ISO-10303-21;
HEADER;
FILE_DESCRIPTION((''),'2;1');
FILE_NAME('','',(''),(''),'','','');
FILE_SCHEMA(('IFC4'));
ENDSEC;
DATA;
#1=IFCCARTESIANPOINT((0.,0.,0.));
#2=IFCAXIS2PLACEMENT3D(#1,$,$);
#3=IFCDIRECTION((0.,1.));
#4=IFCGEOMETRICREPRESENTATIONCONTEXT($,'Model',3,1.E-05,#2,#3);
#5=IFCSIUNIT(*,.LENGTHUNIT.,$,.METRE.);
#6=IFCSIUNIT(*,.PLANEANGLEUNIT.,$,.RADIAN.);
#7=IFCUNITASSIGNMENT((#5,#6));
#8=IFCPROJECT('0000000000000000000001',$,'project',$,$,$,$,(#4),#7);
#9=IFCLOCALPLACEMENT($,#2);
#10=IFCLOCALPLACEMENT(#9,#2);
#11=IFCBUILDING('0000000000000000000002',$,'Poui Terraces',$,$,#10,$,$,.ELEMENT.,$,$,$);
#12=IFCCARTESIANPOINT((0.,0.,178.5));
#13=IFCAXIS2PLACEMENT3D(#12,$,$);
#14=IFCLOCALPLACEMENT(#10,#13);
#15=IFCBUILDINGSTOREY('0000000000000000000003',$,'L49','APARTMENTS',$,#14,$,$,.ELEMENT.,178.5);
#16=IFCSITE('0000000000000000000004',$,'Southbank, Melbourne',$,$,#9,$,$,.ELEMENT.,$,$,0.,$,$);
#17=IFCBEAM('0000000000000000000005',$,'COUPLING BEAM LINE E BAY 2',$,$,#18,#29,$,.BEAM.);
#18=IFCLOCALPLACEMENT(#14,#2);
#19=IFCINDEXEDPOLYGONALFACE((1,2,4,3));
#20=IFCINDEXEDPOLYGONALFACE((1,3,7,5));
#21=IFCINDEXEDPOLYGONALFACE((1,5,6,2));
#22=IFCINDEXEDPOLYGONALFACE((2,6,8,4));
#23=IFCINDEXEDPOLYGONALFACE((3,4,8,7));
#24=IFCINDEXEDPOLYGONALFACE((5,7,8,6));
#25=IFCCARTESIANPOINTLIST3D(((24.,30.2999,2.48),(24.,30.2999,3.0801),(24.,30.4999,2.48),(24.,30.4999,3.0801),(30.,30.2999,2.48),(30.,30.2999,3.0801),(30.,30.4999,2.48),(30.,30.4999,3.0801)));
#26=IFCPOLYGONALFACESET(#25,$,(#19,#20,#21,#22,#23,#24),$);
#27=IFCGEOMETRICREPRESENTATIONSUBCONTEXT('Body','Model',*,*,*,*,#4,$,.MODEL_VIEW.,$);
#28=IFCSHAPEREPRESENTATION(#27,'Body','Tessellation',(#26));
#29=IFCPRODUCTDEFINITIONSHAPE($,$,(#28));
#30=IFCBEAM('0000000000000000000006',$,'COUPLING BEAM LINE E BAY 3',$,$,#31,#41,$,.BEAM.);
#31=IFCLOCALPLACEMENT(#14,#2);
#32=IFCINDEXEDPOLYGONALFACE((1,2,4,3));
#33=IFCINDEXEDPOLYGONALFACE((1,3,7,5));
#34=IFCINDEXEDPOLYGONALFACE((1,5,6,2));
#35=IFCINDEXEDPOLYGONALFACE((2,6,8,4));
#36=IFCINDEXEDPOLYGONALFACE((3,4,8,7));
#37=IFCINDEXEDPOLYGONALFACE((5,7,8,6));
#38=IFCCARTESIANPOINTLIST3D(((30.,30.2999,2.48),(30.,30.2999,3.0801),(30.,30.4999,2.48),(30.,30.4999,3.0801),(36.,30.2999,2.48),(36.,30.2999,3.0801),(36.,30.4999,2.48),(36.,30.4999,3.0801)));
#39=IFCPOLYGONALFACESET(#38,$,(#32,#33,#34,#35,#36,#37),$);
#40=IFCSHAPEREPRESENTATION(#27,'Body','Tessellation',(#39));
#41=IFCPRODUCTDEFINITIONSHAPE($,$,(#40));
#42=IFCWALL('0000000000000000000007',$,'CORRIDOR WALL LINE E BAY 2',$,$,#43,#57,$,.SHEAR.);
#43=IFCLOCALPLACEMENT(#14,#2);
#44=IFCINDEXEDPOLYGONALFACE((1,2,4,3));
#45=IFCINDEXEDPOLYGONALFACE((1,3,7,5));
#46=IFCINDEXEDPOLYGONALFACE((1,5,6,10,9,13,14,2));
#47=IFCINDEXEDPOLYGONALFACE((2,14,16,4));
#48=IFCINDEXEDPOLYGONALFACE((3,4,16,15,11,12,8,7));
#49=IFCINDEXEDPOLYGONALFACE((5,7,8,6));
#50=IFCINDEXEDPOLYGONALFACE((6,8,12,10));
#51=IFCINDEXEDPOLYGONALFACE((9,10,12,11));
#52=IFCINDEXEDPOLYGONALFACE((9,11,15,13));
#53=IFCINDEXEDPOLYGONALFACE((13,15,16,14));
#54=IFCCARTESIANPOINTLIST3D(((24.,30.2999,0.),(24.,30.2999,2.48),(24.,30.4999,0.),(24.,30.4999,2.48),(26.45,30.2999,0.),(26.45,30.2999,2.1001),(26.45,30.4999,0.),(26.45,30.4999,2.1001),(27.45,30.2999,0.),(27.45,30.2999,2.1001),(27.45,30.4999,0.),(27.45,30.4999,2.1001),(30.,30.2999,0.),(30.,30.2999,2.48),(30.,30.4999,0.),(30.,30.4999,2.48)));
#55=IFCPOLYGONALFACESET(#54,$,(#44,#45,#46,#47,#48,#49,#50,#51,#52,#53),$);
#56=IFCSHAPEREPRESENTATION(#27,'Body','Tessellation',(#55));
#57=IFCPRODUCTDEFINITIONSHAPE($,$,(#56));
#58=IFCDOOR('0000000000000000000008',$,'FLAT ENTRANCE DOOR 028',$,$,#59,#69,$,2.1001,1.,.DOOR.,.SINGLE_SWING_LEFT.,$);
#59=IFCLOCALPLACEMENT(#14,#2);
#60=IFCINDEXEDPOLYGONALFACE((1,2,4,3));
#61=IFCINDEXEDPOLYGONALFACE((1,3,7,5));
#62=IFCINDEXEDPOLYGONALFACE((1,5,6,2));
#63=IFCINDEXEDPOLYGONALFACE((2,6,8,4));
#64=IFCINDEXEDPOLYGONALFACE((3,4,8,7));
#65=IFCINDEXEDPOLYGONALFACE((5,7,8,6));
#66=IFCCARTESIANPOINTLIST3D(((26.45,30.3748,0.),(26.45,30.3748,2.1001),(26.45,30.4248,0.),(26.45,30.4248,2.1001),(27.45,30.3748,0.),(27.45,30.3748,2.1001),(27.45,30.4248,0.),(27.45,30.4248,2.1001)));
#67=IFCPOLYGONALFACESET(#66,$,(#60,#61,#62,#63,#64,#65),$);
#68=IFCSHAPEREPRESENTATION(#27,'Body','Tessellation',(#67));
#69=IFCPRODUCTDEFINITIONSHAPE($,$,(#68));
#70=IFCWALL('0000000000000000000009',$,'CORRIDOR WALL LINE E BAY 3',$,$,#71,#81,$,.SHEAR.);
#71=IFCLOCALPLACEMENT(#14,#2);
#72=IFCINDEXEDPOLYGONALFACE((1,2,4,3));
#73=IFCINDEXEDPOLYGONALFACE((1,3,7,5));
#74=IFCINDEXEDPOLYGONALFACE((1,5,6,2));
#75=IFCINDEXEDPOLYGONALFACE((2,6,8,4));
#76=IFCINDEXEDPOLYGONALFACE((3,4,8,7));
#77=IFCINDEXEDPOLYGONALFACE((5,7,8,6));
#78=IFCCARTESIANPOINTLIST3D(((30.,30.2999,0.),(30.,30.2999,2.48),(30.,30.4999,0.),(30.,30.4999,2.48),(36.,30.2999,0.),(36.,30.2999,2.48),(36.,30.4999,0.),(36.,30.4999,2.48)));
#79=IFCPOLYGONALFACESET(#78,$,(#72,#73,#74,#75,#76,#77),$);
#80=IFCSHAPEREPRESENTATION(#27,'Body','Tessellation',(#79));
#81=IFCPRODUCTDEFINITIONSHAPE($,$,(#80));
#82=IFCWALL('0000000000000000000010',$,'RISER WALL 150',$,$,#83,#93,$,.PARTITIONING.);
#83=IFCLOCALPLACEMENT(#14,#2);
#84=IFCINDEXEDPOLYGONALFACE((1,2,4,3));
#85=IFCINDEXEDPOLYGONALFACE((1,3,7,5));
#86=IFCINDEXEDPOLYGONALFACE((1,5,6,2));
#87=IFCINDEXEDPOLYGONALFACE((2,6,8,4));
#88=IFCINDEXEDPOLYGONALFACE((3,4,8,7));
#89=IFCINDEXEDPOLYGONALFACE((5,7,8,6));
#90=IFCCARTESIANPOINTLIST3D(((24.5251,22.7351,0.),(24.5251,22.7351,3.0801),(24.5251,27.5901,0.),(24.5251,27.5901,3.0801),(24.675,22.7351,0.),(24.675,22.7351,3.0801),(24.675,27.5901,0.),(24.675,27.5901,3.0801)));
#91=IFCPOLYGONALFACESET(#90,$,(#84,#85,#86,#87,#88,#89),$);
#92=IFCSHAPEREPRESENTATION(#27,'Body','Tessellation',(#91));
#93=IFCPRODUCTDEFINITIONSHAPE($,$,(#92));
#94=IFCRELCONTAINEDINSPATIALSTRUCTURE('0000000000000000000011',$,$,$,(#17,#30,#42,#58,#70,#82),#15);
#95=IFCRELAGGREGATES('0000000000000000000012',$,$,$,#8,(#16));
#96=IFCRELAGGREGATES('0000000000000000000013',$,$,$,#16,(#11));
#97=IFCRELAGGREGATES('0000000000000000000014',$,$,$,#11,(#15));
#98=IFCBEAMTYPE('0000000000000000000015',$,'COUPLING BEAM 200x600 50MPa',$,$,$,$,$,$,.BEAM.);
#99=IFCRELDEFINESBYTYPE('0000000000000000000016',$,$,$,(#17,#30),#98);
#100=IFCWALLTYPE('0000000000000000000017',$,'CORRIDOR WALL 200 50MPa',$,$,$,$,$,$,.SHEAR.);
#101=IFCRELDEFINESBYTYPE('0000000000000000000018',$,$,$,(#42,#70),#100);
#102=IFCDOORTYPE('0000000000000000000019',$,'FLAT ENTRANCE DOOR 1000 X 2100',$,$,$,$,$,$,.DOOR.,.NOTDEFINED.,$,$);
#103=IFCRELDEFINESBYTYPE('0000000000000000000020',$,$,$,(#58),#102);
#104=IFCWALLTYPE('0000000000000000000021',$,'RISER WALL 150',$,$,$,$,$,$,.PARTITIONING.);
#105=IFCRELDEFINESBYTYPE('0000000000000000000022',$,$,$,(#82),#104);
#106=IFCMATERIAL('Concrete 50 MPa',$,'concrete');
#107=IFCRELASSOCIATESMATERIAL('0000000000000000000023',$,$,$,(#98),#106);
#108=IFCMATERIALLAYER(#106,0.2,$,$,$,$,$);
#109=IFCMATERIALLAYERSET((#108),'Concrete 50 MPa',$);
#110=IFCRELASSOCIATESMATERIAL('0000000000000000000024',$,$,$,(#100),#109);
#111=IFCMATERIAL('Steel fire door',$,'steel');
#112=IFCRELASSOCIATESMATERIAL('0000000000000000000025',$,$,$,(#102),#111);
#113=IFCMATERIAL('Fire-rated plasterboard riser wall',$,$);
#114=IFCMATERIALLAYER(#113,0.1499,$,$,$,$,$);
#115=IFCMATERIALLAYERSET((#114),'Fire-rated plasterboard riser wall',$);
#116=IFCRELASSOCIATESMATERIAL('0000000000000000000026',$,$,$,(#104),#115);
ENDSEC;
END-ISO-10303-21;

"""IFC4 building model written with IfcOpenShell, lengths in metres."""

from ifc_helpers import new_model, si_unit, direction, frame, frame_2d, origin, origin_2d, place, context, subcontext, project, spatial, rectangle, extrude, source, transform, mapped, material, layer, layer_set, material_profile, profile_set, type_object, element, fill, save


model = new_model("IFC4")

# Units and contexts
model_context = context("Model", 3, precision=1e-05, world=origin(), true_north=direction((0.0, 1.0)))
body_context = subcontext(model_context, "Body", "Model", "MODEL_VIEW")
ifc_project = project(units=[si_unit("LENGTHUNIT", "METRE"), si_unit("PLANEANGLEUNIT", "RADIAN")], contexts=[model_context])

# Site, building, storey
site_placement = place(None, origin())
site = spatial("IfcSite", under=ifc_project, at=site_placement, Name="Southbank, Melbourne", CompositionType="ELEMENT", RefElevation=0.0)
building_placement = place(site_placement, origin())
building = spatial("IfcBuilding", under=site, at=building_placement, Name="Poui Terraces", CompositionType="ELEMENT")
storey_placement = place(building_placement, frame((0.0, 0.0, 178.5)))
storey = spatial("IfcBuildingStorey", under=building, at=storey_placement, Name="L49", Description="APARTMENTS", CompositionType="ELEMENT", Elevation=178.5)

# Beams
ifc_material_1 = material(Name="Concrete 50 MPa", Category="concrete")
ifc_material_profile = material_profile(ifc_material_1, rectangle(XDim=0.2, YDim=0.6001, at=origin_2d()), Name="RC 200x600")
ifc_profile_set = profile_set([ifc_material_profile], Name="Concrete 50 MPa")
beam_type = type_object("IfcBeamType", Name="COUPLING BEAM 200x600 50MPa", PredefinedType="BEAM", material=ifc_profile_set)
shared_shape = source(origin(), body_context, "Body", "SweptSolid", [
    extrude(rectangle(XDim=0.2, YDim=0.6001, at=origin_2d()), origin(), (0.0, 0.0, 1.0), 6.0),
])
for number, where, z_axis, x_axis, name in (
    (1, (24.0, 30.3999, 2.78), (1.0, 0.0, 0.0), (0.0, 1.0, 0.0), "COUPLING BEAM LINE E BAY 2"),
    (2, (30.0, 30.3999, 2.78), (1.0, 0.0, 0.0), (0.0, 1.0, 0.0), "COUPLING BEAM LINE E BAY 3"),
):
    element("IfcBeam", number, at=place(storey_placement, frame(where, z_axis=z_axis, x_axis=x_axis)), inside=storey, type_object=beam_type, Name=name, PredefinedType="BEAM", context=body_context, shape_type="MappedRepresentation", body=[
        mapped(shared_shape, transform((0.0, 0.0, 0.0))),
    ])

# Wall, opening, door
ifc_layer_1 = layer(ifc_material_1, 0.2)
ifc_layer_set_1 = layer_set([ifc_layer_1], Name="Concrete 50 MPa")
wall_type_1 = type_object("IfcWallType", Name="CORRIDOR WALL 200 50MPa", PredefinedType="SHEAR", material=ifc_layer_set_1)
wall_1_placement = place(storey_placement, frame((24.0, 30.3999, 0.0), z_axis=(0.0, 0.0, 1.0), x_axis=(1.0, 0.0, 0.0)))
wall_1 = element("IfcWall", 3, at=wall_1_placement, inside=storey, type_object=wall_type_1, Name="CORRIDOR WALL LINE E BAY 2", PredefinedType="SHEAR", context=body_context, shape_type="SweptSolid", body=[
    extrude(rectangle(XDim=6.0, YDim=0.2, at=frame_2d((3.0, 0.0))), origin(), (0.0, 0.0, 1.0), 2.48),
])
opening_placement = place(wall_1_placement, frame((2.45, 0.0, 0.0)))
opening = element("IfcOpeningElement", 4, at=opening_placement, cuts=wall_1, PredefinedType="OPENING", context=body_context, shape_type="SweptSolid", body=[
    extrude(rectangle(XDim=1.0, YDim=2.1001, at=frame_2d((0.5, 1.05))), frame((0.0, 0.1099, 0.0), z_axis=(0.0, -1.0, 0.0), x_axis=(1.0, 0.0, 0.0)), (0.0, 0.0, 1.0), 0.22),
])
ifc_material_2 = material(Name="Steel fire door", Category="steel")
door_type = type_object("IfcDoorType", Name="FLAT ENTRANCE DOOR 1000 X 2100", OperationType="NOTDEFINED", PredefinedType="DOOR", material=ifc_material_2)
door_placement = place(opening_placement, origin())
door = element("IfcDoor", 5, at=door_placement, inside=storey, type_object=door_type, Name="FLAT ENTRANCE DOOR 028", OperationType="SINGLE_SWING_LEFT", OverallHeight=2.1001, OverallWidth=1.0, PredefinedType="DOOR", context=body_context, shape_type="SweptSolid", body=[
    extrude(rectangle(XDim=1.0, YDim=2.1001, at=frame_2d((0.5, 1.05))), frame((0.0, 0.0249, 0.0), z_axis=(0.0, -1.0, 0.0), x_axis=(1.0, 0.0, 0.0)), (0.0, 0.0, 1.0), 0.05),
])
fill(opening, door)

# Walls
wall_2_placement = place(storey_placement, frame((30.0, 30.3999, 0.0), z_axis=(0.0, 0.0, 1.0), x_axis=(1.0, 0.0, 0.0)))
element("IfcWall", 6, at=wall_2_placement, inside=storey, type_object=wall_type_1, Name="CORRIDOR WALL LINE E BAY 3", PredefinedType="SHEAR", context=body_context, shape_type="SweptSolid", body=[
    extrude(rectangle(XDim=6.0, YDim=0.2, at=frame_2d((3.0, 0.0))), origin(), (0.0, 0.0, 1.0), 2.48),
])
ifc_material_3 = material(Name="Fire-rated plasterboard riser wall")
ifc_layer_2 = layer(ifc_material_3, 0.1499)
ifc_layer_set_2 = layer_set([ifc_layer_2], Name="Fire-rated plasterboard riser wall")
wall_type_2 = type_object("IfcWallType", Name="RISER WALL 150", PredefinedType="PARTITIONING", material=ifc_layer_set_2)
wall_3_placement = place(storey_placement, frame((24.6001, 22.7351, 0.0), z_axis=(0.0, 0.0, 1.0), x_axis=(0.0, 1.0, 0.0)))
element("IfcWall", 7, at=wall_3_placement, inside=storey, type_object=wall_type_2, Name="RISER WALL 150", PredefinedType="PARTITIONING", context=body_context, shape_type="SweptSolid", body=[
    extrude(rectangle(XDim=4.855, YDim=0.1499, at=frame_2d((2.4275, 0.0))), origin(), (0.0, 0.0, 1.0), 3.0801),
])

save(model, "model.ifc")
